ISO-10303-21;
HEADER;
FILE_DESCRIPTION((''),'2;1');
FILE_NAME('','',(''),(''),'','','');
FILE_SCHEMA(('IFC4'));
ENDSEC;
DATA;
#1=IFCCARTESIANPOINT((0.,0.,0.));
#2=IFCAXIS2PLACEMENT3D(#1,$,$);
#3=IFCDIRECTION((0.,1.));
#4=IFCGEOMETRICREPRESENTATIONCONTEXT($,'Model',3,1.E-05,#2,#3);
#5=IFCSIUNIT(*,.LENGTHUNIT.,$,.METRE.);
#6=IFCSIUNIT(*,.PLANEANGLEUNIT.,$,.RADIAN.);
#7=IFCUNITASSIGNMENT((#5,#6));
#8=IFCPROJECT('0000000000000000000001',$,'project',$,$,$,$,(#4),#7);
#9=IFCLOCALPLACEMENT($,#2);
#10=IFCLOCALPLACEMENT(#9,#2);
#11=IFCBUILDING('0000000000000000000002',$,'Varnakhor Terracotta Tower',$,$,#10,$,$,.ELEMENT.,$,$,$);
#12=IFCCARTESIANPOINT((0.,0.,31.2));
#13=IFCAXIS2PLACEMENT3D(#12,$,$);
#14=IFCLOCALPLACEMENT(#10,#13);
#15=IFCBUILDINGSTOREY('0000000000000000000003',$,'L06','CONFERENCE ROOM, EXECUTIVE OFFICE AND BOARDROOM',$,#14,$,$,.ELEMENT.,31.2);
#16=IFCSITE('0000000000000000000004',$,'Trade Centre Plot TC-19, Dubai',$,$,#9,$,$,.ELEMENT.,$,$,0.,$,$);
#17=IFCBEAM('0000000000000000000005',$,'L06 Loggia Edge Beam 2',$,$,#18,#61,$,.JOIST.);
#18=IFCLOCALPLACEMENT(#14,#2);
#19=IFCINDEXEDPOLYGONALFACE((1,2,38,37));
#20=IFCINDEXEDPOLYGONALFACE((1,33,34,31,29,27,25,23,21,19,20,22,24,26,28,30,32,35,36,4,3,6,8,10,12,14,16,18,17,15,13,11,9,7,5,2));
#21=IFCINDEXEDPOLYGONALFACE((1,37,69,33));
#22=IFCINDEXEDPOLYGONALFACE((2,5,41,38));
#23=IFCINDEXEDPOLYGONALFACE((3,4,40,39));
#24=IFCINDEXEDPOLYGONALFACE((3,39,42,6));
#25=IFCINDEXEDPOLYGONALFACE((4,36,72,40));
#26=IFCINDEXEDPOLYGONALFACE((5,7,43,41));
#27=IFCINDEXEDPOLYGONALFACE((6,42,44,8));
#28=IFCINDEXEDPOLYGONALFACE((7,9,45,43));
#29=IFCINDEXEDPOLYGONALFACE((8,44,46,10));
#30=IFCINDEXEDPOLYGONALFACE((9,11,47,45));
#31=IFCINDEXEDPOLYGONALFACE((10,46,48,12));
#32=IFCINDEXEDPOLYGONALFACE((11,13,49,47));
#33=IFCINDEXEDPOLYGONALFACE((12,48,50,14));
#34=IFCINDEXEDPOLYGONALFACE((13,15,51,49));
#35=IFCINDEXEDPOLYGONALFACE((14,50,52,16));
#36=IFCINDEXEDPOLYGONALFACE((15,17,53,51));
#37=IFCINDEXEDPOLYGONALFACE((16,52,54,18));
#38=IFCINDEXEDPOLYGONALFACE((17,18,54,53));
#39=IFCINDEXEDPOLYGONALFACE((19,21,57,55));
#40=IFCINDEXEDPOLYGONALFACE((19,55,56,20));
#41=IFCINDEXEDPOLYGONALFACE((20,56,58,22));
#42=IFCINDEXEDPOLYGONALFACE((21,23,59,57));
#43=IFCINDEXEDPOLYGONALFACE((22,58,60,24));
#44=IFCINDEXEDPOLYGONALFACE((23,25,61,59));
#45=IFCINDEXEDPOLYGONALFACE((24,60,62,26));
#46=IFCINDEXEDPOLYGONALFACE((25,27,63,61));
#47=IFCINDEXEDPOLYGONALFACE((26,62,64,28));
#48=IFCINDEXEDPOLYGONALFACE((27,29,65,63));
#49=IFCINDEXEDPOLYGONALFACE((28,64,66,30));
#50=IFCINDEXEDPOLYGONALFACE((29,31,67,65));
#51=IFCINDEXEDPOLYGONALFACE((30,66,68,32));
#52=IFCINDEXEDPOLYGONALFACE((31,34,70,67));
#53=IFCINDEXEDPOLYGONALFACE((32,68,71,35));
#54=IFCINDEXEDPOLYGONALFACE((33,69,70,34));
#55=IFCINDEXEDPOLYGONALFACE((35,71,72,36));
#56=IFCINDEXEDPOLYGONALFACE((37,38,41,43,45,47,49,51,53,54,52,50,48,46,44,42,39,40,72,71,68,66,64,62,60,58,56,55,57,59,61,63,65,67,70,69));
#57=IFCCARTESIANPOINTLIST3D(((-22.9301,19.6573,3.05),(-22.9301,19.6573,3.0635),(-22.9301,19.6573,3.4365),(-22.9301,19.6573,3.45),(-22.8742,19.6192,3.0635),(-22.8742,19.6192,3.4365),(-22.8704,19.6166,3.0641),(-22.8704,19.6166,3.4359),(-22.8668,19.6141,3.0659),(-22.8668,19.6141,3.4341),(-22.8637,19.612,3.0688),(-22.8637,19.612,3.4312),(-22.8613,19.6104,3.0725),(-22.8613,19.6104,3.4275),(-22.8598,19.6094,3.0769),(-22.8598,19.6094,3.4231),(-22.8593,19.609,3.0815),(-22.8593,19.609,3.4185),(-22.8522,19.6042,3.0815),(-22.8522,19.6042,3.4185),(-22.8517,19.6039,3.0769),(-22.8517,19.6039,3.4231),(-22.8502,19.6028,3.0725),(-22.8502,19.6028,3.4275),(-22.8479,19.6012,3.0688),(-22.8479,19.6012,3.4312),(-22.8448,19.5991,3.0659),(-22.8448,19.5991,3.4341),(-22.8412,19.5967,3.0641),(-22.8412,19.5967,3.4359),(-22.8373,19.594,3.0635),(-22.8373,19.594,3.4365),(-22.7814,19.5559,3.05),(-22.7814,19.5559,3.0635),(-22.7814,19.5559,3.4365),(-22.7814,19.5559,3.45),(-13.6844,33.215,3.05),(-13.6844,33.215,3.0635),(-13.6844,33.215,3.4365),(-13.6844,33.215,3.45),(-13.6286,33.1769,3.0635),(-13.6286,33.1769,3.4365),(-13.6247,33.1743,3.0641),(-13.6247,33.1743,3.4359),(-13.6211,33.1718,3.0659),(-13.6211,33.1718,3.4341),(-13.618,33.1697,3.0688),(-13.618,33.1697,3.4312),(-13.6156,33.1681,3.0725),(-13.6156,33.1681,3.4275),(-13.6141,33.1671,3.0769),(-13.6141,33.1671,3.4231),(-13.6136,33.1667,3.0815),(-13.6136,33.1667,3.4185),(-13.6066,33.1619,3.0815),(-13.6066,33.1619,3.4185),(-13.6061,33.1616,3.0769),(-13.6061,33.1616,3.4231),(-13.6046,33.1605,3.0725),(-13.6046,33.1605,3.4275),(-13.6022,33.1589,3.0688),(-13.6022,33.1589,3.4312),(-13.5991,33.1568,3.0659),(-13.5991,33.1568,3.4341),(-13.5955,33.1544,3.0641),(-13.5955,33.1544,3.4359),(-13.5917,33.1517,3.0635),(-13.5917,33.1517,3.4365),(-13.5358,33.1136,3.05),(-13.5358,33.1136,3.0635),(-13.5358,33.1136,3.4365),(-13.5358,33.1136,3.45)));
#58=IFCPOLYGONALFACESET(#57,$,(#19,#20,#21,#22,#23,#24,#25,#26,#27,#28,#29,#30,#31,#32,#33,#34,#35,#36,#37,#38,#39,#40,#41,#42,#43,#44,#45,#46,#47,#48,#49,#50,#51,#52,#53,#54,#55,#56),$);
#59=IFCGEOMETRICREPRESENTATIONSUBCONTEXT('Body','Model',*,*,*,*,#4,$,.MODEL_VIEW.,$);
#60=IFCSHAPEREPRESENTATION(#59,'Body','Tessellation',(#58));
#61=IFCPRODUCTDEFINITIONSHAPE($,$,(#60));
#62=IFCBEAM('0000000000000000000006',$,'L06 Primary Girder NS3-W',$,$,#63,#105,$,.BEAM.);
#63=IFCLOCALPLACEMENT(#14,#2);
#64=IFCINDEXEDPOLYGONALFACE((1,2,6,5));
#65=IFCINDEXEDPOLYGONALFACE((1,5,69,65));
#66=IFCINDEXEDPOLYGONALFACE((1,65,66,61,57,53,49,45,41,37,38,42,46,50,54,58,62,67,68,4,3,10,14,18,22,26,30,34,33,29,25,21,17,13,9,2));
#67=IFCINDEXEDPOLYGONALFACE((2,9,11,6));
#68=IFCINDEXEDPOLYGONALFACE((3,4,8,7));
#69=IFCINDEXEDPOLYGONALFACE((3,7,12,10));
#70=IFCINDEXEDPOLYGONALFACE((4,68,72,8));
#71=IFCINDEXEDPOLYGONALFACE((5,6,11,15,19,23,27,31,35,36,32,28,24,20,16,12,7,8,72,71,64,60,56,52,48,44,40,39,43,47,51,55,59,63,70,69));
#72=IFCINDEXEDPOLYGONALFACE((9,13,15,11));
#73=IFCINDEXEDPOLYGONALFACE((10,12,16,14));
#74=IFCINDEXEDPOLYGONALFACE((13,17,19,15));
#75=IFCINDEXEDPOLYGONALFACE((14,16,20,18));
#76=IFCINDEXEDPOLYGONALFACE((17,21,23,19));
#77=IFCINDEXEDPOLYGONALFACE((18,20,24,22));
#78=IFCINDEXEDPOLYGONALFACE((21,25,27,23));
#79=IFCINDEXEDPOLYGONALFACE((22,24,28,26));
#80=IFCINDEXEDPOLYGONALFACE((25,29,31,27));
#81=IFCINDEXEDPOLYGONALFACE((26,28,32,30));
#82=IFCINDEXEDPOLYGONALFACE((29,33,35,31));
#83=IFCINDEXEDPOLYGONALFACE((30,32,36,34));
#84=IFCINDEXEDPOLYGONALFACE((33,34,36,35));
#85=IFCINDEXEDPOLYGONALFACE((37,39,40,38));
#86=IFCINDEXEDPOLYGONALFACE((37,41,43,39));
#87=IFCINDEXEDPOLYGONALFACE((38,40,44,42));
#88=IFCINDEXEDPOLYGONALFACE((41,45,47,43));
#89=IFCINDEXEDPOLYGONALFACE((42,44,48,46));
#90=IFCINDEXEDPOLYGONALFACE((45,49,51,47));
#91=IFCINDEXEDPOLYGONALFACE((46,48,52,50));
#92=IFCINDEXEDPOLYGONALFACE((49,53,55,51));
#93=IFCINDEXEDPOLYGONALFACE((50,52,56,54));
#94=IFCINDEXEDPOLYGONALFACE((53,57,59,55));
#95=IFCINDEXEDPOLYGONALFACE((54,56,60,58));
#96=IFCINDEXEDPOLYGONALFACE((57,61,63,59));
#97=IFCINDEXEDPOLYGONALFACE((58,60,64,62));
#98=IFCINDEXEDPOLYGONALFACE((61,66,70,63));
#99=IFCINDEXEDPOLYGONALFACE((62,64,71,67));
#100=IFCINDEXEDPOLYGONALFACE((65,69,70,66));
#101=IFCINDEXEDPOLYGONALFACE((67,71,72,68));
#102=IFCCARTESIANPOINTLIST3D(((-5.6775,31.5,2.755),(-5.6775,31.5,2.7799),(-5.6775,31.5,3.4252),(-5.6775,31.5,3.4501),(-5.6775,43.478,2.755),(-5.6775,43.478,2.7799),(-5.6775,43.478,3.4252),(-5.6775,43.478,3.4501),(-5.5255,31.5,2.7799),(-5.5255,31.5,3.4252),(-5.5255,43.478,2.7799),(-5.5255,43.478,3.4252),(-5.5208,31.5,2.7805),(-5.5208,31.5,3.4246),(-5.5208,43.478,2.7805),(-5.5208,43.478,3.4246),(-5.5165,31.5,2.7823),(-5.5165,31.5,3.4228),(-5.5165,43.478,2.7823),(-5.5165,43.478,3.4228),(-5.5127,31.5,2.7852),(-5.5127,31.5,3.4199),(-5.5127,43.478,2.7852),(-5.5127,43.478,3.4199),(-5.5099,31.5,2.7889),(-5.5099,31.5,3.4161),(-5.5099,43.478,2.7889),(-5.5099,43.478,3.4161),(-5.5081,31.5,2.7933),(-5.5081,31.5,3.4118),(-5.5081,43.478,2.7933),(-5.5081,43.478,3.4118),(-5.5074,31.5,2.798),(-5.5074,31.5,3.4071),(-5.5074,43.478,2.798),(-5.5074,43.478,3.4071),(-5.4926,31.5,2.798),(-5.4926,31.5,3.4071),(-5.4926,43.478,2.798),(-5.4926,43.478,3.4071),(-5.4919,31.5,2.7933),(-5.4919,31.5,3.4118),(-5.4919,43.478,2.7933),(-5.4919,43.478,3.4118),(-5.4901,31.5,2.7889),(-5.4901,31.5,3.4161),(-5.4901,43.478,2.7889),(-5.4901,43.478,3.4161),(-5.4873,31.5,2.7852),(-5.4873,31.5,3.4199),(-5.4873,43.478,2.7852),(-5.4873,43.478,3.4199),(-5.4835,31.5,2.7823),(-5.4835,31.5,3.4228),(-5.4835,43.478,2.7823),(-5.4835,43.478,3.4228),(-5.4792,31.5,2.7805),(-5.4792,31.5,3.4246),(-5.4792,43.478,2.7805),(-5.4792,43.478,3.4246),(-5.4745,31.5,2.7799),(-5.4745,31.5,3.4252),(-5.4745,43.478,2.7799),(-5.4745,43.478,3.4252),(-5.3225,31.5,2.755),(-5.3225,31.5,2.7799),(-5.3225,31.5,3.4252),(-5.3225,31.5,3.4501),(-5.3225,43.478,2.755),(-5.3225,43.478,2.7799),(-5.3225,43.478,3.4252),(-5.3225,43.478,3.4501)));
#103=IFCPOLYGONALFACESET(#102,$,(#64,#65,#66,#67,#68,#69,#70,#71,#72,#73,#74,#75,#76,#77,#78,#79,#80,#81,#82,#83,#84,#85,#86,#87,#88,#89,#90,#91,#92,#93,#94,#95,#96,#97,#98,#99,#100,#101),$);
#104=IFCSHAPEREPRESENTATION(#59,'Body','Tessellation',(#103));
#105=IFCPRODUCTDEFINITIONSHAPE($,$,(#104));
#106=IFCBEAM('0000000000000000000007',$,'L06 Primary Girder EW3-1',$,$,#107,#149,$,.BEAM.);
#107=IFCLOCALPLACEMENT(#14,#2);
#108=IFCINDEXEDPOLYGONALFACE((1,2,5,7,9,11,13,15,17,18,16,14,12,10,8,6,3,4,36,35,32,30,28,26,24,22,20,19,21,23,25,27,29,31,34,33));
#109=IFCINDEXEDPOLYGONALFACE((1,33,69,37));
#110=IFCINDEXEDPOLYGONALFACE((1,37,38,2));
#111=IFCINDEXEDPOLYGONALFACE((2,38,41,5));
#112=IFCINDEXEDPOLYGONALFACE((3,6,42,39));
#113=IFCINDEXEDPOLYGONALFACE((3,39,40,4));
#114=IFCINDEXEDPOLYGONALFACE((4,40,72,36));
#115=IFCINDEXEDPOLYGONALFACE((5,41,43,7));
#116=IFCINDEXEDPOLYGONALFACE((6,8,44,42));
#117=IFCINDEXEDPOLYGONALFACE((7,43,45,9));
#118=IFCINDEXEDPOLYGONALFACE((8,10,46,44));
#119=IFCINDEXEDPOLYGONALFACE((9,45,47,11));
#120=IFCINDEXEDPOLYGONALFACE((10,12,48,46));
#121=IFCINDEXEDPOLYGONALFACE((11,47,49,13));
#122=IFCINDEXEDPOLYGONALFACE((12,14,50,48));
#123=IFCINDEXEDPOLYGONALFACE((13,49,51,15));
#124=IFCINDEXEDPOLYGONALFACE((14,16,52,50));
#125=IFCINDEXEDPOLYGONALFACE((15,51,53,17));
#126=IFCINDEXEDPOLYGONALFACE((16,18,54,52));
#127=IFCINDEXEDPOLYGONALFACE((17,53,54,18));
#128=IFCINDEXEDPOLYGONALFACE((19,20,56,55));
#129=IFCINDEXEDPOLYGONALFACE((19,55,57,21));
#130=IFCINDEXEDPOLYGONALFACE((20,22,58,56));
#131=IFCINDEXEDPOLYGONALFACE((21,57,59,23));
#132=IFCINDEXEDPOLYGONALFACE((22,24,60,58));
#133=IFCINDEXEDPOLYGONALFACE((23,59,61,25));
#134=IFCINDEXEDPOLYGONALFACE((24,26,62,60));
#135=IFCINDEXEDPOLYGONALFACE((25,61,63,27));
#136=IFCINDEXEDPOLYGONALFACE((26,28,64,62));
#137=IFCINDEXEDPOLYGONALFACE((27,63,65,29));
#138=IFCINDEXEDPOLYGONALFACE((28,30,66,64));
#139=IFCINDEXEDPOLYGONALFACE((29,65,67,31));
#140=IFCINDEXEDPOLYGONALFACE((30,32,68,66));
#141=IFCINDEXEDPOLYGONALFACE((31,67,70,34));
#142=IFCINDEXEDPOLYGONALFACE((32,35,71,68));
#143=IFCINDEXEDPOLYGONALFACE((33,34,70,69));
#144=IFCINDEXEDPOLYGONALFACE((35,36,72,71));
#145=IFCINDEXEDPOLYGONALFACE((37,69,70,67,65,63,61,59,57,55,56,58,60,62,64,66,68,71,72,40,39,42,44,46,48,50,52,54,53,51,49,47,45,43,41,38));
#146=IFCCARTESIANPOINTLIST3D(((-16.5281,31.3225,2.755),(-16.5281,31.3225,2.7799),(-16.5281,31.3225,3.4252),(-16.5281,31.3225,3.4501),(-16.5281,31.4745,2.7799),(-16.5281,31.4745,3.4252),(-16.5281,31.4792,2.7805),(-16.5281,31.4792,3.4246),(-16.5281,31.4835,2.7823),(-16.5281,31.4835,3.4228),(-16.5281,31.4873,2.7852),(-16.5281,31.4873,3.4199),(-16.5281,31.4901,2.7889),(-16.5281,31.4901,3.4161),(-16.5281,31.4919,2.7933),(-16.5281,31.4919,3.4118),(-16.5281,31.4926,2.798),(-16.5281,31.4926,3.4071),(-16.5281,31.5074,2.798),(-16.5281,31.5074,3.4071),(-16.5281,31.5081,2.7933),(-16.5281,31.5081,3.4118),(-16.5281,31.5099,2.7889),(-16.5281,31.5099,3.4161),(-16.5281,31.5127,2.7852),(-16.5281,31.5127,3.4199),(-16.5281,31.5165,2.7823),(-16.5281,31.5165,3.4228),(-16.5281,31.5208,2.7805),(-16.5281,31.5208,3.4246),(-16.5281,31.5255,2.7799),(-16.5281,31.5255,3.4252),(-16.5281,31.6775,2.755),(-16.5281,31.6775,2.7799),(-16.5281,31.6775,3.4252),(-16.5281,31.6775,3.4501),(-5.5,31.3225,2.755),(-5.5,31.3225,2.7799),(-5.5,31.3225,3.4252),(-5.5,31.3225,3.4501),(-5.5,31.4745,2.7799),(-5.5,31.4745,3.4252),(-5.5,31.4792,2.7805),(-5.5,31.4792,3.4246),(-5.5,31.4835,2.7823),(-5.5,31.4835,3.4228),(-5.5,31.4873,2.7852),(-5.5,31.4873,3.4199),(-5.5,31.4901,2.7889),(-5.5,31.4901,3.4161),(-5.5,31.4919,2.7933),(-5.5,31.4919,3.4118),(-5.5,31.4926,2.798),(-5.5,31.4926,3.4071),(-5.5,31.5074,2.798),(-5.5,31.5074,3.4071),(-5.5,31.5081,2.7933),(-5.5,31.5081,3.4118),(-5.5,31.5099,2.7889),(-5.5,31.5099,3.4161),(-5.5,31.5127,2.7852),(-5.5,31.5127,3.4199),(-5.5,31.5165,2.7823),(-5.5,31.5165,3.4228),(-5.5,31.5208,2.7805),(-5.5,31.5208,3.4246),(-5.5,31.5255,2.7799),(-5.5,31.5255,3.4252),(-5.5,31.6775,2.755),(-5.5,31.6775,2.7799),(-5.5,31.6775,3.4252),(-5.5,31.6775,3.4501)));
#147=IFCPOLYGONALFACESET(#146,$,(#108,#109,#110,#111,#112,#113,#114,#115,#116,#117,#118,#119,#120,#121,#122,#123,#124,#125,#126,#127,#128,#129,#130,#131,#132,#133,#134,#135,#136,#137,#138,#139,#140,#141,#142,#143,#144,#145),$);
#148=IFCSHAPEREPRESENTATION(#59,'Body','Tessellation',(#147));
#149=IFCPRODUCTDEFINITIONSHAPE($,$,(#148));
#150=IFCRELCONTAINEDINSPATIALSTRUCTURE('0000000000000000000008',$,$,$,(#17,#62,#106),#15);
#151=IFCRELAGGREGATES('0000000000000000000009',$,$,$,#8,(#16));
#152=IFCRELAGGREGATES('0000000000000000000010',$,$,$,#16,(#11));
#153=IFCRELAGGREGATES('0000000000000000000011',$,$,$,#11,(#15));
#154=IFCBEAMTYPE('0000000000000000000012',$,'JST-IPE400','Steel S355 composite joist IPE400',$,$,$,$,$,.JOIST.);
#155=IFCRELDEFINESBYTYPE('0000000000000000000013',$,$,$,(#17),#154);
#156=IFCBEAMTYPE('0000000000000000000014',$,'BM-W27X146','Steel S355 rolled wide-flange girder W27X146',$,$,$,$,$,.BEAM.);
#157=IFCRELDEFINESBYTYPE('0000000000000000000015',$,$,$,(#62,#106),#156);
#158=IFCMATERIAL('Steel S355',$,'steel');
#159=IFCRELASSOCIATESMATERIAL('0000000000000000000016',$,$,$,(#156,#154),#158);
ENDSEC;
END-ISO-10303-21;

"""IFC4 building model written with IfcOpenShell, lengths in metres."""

from ifc_helpers import new_model, si_unit, direction, frame, origin, origin_2d, place, context, subcontext, project, spatial, i_section, extrude, source, transform, mapped, material, material_profile, profile_set, type_object, element, save


model = new_model("IFC4")

# Units and contexts
model_context = context("Model", 3, precision=1e-05, world=origin(), true_north=direction((0.0, 1.0)))
body_context = subcontext(model_context, "Body", "Model", "MODEL_VIEW")
ifc_project = project(units=[si_unit("LENGTHUNIT", "METRE"), si_unit("PLANEANGLEUNIT", "RADIAN")], contexts=[model_context])

# Site, building, storey
site_placement = place(None, origin())
site = spatial("IfcSite", under=ifc_project, at=site_placement, Name="Trade Centre Plot TC-19, Dubai", CompositionType="ELEMENT", RefElevation=0.0)
building_placement = place(site_placement, origin())
building = spatial("IfcBuilding", under=site, at=building_placement, Name="Varnakhor Terracotta Tower", CompositionType="ELEMENT")
storey_placement = place(building_placement, frame((0.0, 0.0, 31.2)))
storey = spatial("IfcBuildingStorey", under=building, at=storey_placement, Name="L06", Description="CONFERENCE ROOM, EXECUTIVE OFFICE AND BOARDROOM", CompositionType="ELEMENT", Elevation=31.2)

# Beams
ifc_material_1 = material(Name="Steel S355", Category="steel")
ifc_material_profile_1 = material_profile(ifc_material_1, i_section(OverallWidth=0.355, OverallDepth=0.6951, WebThickness=0.0149, FlangeThickness=0.0249, FilletRadius=0.0181, at=origin_2d()), Name="W27X146")
ifc_profile_set_1 = profile_set([ifc_material_profile_1], Name="Steel S355")
beam_type_1 = type_object("IfcBeamType", Name="BM-W27X146", Description="Steel S355 rolled wide-flange girder W27X146", PredefinedType="BEAM", material=ifc_profile_set_1)
ifc_material_profile_2 = material_profile(ifc_material_1, i_section(OverallWidth=0.1799, OverallDepth=0.3999, WebThickness=0.0085, FlangeThickness=0.0134, FilletRadius=0.0181, at=origin_2d()), Name="IPE400")
ifc_profile_set_2 = profile_set([ifc_material_profile_2], Name="Steel S355")
beam_type_2 = type_object("IfcBeamType", Name="JST-IPE400", Description="Steel S355 composite joist IPE400", PredefinedType="JOIST", material=ifc_profile_set_2)
shared_shape_1 = source(origin(), body_context, "Body", "SweptSolid", [
    extrude(i_section(OverallWidth=0.1799, OverallDepth=0.3999, WebThickness=0.0085, FlangeThickness=0.0134, FilletRadius=0.0181, at=origin_2d()), origin(), (0.0, 0.0, 1.0), 16.4102),
])
beam_1_placement = place(storey_placement, frame((-13.6101, 33.1643, 3.25), z_axis=(-0.563411, -0.826177, 0.0), x_axis=(0.826177, -0.563411, 0.0)))
element("IfcBeam", 1, at=beam_1_placement, inside=storey, type_object=beam_type_2, Name="L06 Loggia Edge Beam 2", PredefinedType="JOIST", context=body_context, shape_type="MappedRepresentation", body=[
    mapped(shared_shape_1, transform((0.0, 0.0, 0.0), scale=1.0)),
])
shared_shape_2 = source(origin(), body_context, "Body", "SweptSolid", [
    extrude(i_section(OverallWidth=0.355, OverallDepth=0.6951, WebThickness=0.0149, FlangeThickness=0.0249, FilletRadius=0.0181, at=origin_2d()), origin(), (0.0, 0.0, 1.0), 11.978),
])
beam_2_placement = place(storey_placement, frame((-5.5, 31.5, 3.1025), z_axis=(0.0, 1.0, 0.0), x_axis=(-1.0, 0.0, 0.0)))
element("IfcBeam", 2, at=beam_2_placement, inside=storey, type_object=beam_type_1, Name="L06 Primary Girder NS3-W", PredefinedType="BEAM", context=body_context, shape_type="MappedRepresentation", body=[
    mapped(shared_shape_2, transform((0.0, 0.0, 0.0), scale=1.0)),
])
shared_shape_3 = source(origin(), body_context, "Body", "SweptSolid", [
    extrude(i_section(OverallWidth=0.355, OverallDepth=0.6951, WebThickness=0.0149, FlangeThickness=0.0249, FilletRadius=0.0181, at=origin_2d()), origin(), (0.0, 0.0, 1.0), 11.0281),
])
beam_3_placement = place(storey_placement, frame((-16.5281, 31.5, 3.1025), z_axis=(1.0, 0.0, 0.0), x_axis=(0.0, 1.0, 0.0)))
element("IfcBeam", 3, at=beam_3_placement, inside=storey, type_object=beam_type_1, Name="L06 Primary Girder EW3-1", PredefinedType="BEAM", context=body_context, shape_type="MappedRepresentation", body=[
    mapped(shared_shape_3, transform((0.0, 0.0, 0.0), scale=1.0)),
])

save(model, "model.ifc")
